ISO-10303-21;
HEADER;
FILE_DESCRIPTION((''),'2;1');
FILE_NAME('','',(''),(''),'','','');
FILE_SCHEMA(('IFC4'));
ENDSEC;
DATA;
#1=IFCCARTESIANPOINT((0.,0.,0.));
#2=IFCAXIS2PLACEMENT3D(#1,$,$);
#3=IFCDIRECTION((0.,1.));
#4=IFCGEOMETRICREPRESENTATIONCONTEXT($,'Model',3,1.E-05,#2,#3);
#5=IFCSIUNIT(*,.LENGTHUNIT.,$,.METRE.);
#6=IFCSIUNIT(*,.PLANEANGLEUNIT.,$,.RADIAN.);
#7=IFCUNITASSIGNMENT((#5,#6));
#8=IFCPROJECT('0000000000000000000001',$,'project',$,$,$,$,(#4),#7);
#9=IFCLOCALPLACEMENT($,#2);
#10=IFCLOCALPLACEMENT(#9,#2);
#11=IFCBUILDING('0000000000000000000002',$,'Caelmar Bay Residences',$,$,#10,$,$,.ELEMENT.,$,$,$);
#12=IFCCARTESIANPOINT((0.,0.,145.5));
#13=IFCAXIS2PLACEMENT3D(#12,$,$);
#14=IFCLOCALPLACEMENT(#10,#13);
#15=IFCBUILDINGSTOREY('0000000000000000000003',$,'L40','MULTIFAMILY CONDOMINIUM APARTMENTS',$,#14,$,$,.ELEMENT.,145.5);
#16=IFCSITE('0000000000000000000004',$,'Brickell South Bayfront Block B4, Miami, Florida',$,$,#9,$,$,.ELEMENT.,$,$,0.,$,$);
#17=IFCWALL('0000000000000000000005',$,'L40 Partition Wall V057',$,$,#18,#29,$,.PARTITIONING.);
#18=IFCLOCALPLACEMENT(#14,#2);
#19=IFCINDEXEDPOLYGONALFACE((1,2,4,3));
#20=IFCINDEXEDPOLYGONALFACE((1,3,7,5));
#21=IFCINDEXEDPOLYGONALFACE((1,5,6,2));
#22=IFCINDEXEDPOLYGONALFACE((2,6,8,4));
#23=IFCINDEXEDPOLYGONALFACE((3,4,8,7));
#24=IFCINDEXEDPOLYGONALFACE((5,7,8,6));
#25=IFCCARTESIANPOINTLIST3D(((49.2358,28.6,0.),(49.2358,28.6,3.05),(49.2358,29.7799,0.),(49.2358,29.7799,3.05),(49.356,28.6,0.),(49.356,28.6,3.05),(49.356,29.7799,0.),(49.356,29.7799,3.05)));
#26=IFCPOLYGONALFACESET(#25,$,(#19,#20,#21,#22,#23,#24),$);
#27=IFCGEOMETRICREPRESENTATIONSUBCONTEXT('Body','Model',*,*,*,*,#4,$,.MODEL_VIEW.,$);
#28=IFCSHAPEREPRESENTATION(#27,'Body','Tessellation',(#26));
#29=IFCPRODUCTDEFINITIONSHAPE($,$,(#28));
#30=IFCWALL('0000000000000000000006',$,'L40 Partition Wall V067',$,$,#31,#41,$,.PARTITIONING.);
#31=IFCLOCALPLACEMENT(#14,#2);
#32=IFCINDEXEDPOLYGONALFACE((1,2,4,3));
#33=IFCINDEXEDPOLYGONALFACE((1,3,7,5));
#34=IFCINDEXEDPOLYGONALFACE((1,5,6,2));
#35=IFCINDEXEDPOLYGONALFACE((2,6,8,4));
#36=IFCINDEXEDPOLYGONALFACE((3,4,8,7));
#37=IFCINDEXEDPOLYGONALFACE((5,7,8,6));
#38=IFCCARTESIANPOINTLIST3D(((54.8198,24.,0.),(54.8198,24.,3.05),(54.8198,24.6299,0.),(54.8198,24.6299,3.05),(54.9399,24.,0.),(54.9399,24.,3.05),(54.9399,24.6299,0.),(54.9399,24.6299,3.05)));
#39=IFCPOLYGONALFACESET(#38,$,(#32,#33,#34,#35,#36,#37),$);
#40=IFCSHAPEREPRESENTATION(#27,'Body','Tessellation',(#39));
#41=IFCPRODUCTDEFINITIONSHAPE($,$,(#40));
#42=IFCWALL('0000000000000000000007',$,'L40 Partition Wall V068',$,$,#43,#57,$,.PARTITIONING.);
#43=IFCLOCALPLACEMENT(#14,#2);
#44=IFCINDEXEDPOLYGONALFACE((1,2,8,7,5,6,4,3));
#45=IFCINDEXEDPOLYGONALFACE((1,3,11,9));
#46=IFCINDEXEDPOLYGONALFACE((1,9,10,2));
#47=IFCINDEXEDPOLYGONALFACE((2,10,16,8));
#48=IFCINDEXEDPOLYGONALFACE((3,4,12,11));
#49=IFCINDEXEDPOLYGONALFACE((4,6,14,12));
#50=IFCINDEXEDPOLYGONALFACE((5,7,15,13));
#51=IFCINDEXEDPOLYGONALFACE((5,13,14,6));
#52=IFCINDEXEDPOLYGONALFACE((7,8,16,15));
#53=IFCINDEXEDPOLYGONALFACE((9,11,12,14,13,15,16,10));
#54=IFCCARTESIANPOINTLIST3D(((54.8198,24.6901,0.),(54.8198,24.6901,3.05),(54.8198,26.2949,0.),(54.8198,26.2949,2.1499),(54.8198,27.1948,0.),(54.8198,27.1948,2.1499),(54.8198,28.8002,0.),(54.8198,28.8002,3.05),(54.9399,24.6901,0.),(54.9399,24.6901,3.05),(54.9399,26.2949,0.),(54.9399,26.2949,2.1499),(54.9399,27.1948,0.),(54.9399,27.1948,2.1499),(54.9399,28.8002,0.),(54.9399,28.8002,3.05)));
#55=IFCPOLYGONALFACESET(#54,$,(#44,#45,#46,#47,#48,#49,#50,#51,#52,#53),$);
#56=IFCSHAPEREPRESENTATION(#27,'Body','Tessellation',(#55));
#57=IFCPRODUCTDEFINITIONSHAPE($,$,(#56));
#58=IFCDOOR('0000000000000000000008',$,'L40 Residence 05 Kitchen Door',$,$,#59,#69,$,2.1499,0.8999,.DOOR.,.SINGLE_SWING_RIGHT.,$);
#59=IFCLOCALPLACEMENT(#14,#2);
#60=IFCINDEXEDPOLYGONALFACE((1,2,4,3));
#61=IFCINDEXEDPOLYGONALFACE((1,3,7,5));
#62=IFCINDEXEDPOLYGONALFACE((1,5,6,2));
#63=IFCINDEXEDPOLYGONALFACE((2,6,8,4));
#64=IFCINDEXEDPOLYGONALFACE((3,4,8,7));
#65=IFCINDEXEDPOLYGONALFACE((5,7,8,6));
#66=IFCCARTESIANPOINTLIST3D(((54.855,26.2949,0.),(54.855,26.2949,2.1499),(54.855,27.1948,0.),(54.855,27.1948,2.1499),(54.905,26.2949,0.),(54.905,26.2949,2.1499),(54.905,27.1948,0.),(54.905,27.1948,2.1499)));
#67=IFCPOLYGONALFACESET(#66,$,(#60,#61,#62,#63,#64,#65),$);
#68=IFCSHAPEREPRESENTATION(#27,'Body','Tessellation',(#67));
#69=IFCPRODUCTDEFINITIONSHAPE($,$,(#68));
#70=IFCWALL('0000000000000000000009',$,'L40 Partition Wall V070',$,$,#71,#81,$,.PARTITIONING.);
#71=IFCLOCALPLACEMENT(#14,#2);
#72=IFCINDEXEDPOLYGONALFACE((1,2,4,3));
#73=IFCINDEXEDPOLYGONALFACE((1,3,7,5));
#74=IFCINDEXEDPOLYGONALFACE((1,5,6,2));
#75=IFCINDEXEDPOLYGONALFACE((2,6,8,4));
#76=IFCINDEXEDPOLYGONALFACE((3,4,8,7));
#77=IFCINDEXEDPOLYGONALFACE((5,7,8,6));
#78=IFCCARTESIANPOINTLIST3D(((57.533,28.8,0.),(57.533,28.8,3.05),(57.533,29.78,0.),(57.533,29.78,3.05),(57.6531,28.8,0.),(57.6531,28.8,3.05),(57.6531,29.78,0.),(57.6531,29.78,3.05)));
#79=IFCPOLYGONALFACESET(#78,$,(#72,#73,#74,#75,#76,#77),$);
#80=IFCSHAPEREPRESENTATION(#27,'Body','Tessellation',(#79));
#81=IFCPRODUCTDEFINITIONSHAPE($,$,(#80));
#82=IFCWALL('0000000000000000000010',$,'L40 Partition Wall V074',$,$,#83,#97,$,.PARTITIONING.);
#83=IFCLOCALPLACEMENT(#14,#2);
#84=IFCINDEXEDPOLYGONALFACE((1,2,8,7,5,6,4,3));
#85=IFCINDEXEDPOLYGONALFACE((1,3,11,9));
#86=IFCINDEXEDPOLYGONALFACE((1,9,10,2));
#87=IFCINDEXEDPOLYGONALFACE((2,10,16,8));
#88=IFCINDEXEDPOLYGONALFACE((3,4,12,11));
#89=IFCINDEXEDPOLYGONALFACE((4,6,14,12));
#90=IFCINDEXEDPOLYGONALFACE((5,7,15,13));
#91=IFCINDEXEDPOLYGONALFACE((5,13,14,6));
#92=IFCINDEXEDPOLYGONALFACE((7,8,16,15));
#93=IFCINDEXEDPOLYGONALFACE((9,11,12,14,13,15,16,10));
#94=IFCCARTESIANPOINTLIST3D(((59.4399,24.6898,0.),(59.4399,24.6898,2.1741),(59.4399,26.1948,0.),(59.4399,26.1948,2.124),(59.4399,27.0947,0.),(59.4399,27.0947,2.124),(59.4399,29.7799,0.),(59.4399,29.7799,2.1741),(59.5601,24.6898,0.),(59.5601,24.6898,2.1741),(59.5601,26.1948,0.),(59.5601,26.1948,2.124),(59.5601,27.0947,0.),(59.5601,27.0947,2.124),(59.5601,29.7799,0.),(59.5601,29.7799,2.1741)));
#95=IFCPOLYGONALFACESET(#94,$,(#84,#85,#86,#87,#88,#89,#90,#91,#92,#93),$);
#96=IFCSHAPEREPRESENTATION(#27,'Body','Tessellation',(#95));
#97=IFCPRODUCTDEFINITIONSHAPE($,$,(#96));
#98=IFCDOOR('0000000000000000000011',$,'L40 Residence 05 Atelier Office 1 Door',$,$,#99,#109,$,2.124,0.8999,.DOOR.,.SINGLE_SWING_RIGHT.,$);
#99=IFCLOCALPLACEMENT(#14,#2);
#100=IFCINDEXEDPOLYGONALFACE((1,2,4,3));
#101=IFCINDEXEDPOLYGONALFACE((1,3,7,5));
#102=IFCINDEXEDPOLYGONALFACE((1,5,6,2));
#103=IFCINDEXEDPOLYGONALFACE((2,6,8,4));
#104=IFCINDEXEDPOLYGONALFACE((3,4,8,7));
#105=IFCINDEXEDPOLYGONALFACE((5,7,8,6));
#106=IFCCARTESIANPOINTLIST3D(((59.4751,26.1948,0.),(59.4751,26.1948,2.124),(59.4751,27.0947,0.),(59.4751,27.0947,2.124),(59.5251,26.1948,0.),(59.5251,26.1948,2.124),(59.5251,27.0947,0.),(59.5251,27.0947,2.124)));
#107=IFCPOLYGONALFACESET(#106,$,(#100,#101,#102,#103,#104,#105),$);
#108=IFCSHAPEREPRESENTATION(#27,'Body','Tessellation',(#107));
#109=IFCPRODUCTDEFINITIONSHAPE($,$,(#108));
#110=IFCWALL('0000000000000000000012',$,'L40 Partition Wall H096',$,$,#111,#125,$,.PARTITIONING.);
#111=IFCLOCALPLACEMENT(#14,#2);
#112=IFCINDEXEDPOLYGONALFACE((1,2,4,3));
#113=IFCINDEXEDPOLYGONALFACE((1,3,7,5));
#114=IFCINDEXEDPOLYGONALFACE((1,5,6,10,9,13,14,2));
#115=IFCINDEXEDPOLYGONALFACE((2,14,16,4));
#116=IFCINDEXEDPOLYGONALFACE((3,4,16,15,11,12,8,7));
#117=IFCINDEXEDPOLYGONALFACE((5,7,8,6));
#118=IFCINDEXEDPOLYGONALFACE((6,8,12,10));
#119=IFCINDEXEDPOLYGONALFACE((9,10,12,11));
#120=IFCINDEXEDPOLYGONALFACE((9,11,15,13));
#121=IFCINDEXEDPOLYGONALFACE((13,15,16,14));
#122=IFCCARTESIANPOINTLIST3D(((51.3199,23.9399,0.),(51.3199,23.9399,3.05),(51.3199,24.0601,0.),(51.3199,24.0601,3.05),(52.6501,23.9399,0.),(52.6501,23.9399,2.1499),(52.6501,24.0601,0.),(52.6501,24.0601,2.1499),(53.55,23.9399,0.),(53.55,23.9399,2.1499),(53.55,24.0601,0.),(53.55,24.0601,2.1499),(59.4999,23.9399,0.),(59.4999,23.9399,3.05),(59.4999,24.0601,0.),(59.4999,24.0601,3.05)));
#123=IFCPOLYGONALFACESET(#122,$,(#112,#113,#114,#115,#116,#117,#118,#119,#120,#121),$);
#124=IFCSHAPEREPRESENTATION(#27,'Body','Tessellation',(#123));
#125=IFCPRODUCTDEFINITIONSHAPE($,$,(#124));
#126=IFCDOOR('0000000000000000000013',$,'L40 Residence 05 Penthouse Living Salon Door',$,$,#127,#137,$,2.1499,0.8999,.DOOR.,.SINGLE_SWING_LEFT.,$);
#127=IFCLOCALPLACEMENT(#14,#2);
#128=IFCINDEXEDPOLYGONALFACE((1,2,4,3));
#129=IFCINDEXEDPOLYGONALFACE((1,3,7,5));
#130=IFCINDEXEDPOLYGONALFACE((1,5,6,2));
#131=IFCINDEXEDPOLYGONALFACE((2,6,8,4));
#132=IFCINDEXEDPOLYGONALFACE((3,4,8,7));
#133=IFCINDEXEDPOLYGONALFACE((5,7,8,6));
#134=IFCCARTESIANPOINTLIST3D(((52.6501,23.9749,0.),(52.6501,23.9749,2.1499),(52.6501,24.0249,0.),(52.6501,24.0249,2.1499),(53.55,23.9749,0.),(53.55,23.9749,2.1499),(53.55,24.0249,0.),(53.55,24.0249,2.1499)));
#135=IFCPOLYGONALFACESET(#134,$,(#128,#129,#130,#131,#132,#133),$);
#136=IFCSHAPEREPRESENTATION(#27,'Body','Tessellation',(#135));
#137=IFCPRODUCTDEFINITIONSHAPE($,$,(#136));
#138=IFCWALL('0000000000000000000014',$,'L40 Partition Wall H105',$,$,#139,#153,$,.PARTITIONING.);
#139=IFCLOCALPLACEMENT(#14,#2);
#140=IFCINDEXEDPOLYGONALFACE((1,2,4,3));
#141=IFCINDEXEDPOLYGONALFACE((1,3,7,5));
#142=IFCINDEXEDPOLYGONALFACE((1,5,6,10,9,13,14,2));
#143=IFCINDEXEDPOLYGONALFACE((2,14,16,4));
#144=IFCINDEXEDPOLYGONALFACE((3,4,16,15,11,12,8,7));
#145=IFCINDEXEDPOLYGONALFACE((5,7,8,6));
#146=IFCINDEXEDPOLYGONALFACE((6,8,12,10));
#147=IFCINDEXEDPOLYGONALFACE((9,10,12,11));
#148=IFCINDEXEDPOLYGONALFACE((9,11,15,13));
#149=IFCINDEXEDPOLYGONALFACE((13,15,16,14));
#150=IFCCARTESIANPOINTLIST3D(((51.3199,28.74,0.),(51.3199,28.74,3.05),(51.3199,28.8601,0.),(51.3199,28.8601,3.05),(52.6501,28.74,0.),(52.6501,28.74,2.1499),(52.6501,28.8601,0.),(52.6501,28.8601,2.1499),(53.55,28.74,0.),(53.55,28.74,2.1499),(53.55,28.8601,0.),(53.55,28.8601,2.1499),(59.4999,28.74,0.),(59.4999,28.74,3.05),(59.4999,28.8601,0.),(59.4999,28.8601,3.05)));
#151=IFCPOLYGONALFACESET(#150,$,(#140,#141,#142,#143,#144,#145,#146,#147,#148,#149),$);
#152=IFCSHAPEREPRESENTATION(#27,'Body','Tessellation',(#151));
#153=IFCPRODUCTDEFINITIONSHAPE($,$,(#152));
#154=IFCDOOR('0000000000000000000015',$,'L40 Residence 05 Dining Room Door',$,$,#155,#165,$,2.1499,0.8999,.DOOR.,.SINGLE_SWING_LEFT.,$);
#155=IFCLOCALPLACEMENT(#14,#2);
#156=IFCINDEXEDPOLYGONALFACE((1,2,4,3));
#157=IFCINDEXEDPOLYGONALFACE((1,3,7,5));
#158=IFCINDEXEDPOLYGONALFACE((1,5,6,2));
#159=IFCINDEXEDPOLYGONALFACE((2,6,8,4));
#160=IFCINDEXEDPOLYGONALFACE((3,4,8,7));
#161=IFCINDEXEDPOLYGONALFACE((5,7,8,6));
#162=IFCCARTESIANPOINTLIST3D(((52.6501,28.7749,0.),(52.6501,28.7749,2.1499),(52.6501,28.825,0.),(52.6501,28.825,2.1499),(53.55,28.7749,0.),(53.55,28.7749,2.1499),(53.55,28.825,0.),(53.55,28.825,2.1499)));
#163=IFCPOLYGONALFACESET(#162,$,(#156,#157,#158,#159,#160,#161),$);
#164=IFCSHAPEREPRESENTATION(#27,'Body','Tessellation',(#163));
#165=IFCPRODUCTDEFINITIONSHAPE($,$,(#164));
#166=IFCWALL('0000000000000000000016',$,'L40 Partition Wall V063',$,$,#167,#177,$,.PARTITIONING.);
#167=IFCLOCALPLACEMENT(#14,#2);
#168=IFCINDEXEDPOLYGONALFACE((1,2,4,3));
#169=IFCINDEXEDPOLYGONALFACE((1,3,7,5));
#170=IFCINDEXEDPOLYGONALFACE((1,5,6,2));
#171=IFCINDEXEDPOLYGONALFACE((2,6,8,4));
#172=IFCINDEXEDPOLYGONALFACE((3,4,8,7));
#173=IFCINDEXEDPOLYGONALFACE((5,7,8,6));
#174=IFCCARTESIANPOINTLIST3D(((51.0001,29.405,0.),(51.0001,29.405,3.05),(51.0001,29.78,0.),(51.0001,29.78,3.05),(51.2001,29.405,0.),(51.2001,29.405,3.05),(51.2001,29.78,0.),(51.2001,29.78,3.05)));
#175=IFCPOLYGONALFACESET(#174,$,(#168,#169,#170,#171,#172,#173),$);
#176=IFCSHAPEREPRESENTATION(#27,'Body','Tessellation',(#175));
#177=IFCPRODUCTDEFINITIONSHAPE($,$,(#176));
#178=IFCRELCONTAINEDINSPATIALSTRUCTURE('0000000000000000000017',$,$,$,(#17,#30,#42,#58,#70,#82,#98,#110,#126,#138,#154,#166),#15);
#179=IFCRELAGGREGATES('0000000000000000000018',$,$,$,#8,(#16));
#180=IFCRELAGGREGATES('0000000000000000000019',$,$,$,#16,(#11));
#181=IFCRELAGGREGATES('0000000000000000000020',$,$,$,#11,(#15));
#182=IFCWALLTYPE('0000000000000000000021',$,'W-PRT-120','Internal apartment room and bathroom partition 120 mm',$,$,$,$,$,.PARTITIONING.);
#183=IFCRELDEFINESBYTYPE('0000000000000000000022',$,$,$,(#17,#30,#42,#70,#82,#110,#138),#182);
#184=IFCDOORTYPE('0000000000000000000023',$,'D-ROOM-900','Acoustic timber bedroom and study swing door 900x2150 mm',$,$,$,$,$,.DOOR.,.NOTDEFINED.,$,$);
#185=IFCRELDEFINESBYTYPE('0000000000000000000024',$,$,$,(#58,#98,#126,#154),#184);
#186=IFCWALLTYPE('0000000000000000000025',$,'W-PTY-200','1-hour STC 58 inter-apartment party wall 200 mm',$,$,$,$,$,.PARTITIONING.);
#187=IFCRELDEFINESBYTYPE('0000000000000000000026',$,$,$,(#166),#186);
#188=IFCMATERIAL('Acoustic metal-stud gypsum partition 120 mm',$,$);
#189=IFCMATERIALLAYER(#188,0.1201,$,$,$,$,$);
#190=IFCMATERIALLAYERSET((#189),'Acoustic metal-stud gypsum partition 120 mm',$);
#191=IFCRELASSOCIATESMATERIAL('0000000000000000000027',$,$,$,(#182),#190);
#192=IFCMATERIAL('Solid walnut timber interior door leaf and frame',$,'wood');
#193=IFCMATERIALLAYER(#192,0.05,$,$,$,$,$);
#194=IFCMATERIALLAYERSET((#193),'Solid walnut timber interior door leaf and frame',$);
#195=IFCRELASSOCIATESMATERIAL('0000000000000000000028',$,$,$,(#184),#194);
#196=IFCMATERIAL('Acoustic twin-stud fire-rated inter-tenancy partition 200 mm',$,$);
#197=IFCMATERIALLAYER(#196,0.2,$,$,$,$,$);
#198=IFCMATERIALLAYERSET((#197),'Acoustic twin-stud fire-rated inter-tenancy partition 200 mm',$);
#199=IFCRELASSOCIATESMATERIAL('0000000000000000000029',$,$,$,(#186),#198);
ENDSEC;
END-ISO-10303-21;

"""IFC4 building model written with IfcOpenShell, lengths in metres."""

from ifc_helpers import new_model, si_unit, direction, frame, frame_2d, origin, place, context, subcontext, project, spatial, rectangle, extrude, material, layer, layer_set, type_object, element, fill, save


model = new_model("IFC4")

# Units and contexts
model_context = context("Model", 3, precision=1e-05, world=origin(), true_north=direction((0.0, 1.0)))
body_context = subcontext(model_context, "Body", "Model", "MODEL_VIEW")
ifc_project = project(units=[si_unit("LENGTHUNIT", "METRE"), si_unit("PLANEANGLEUNIT", "RADIAN")], contexts=[model_context])

# Site, building, storey
site_placement = place(None, origin())
site = spatial("IfcSite", under=ifc_project, at=site_placement, Name="Brickell South Bayfront Block B4, Miami, Florida", CompositionType="ELEMENT", RefElevation=0.0)
building_placement = place(site_placement, origin())
building = spatial("IfcBuilding", under=site, at=building_placement, Name="Caelmar Bay Residences", CompositionType="ELEMENT")
storey_placement = place(building_placement, frame((0.0, 0.0, 145.5)))
storey = spatial("IfcBuildingStorey", under=building, at=storey_placement, Name="L40", Description="MULTIFAMILY CONDOMINIUM APARTMENTS", CompositionType="ELEMENT", Elevation=145.5)

# Walls
ifc_material_1 = material(Name="Acoustic metal-stud gypsum partition 120 mm")
ifc_layer_1 = layer(ifc_material_1, 0.1201)
ifc_layer_set_1 = layer_set([ifc_layer_1], Name="Acoustic metal-stud gypsum partition 120 mm")
wall_type_1 = type_object("IfcWallType", Name="W-PRT-120", Description="Internal apartment room and bathroom partition 120 mm", PredefinedType="PARTITIONING", material=ifc_layer_set_1)
wall_1_placement = place(storey_placement, frame((49.2959, 28.6001, 0.0), z_axis=(0.0, 0.0, 1.0), x_axis=(0.0, 1.0, 0.0)))
element("IfcWall", 1, at=wall_1_placement, inside=storey, type_object=wall_type_1, Name="L40 Partition Wall V057", PredefinedType="PARTITIONING", context=body_context, shape_type="SweptSolid", body=[
    extrude(rectangle(XDim=1.1799, YDim=0.1201, at=frame_2d((0.5898, 0.0))), origin(), (0.0, 0.0, 1.0), 3.05),
])
wall_2_placement = place(storey_placement, frame((54.8799, 24.0, 0.0), z_axis=(0.0, 0.0, 1.0), x_axis=(0.0, 1.0, 0.0)))
element("IfcWall", 2, at=wall_2_placement, inside=storey, type_object=wall_type_1, Name="L40 Partition Wall V067", PredefinedType="PARTITIONING", context=body_context, shape_type="SweptSolid", body=[
    extrude(rectangle(XDim=0.6299, YDim=0.1201, at=frame_2d((0.3149, 0.0))), origin(), (0.0, 0.0, 1.0), 3.05),
])

# Wall, opening, door
wall_3_placement = place(storey_placement, frame((54.8799, 24.6899, 0.0), z_axis=(0.0, 0.0, 1.0), x_axis=(0.0, 1.0, 0.0)))
wall_3 = element("IfcWall", 3, at=wall_3_placement, inside=storey, type_object=wall_type_1, Name="L40 Partition Wall V068", PredefinedType="PARTITIONING", context=body_context, shape_type="SweptSolid", body=[
    extrude(rectangle(XDim=4.1101, YDim=0.1201, at=frame_2d((2.0552, 0.0))), origin(), (0.0, 0.0, 1.0), 3.05),
])
opening_1_placement = place(wall_3_placement, frame((1.605, 0.0, 0.0)))
opening_1 = element("IfcOpeningElement", 4, at=opening_1_placement, cuts=wall_3, PredefinedType="OPENING", context=body_context, shape_type="SweptSolid", body=[
    extrude(rectangle(XDim=0.8999, YDim=2.1499, at=frame_2d((0.45, 1.075))), frame((0.0, 0.0701, 0.0), z_axis=(0.0, -1.0, 0.0), x_axis=(1.0, 0.0, 0.0)), (0.0, 0.0, 1.0), 0.1401),
])
ifc_material_2 = material(Name="Solid walnut timber interior door leaf and frame", Category="wood")
ifc_layer_2 = layer(ifc_material_2, 0.05)
ifc_layer_set_2 = layer_set([ifc_layer_2], Name="Solid walnut timber interior door leaf and frame")
door_type = type_object("IfcDoorType", Name="D-ROOM-900", Description="Acoustic timber bedroom and study swing door 900x2150 mm", OperationType="NOTDEFINED", PredefinedType="DOOR", material=ifc_layer_set_2)
door_1_placement = place(opening_1_placement, origin())
door_1 = element("IfcDoor", 5, at=door_1_placement, inside=storey, type_object=door_type, Name="L40 Residence 05 Kitchen Door", OperationType="SINGLE_SWING_RIGHT", OverallHeight=2.1499, OverallWidth=0.8999, PredefinedType="DOOR", context=body_context, shape_type="SweptSolid", body=[
    extrude(rectangle(XDim=0.8999, YDim=2.1499, at=frame_2d((0.45, 1.075))), frame((0.0, 0.0249, 0.0), z_axis=(0.0, -1.0, 0.0), x_axis=(1.0, 0.0, 0.0)), (0.0, 0.0, 1.0), 0.05),
])
fill(opening_1, door_1)

# Wall
wall_4_placement = place(storey_placement, frame((57.593, 28.8, 0.0), z_axis=(0.0, 0.0, 1.0), x_axis=(0.0, 1.0, 0.0)))
element("IfcWall", 6, at=wall_4_placement, inside=storey, type_object=wall_type_1, Name="L40 Partition Wall V070", PredefinedType="PARTITIONING", context=body_context, shape_type="SweptSolid", body=[
    extrude(rectangle(XDim=0.98, YDim=0.1201, at=frame_2d((0.49, 0.0))), origin(), (0.0, 0.0, 1.0), 3.05),
])

# Walls, openings, doors
wall_5_placement = place(storey_placement, frame((59.5, 24.6899, 0.0), z_axis=(0.0, 0.0, 1.0), x_axis=(0.0, 1.0, 0.0)))
wall_5 = element("IfcWall", 7, at=wall_5_placement, inside=storey, type_object=wall_type_1, Name="L40 Partition Wall V074", PredefinedType="PARTITIONING", context=body_context, shape_type="SweptSolid", body=[
    extrude(rectangle(XDim=5.0901, YDim=0.1201, at=frame_2d((2.5449, 0.0))), origin(), (0.0, 0.0, 1.0), 2.1741),
])
opening_2_placement = place(wall_5_placement, frame((1.5049, 0.0, 0.0)))
opening_2 = element("IfcOpeningElement", 8, at=opening_2_placement, cuts=wall_5, PredefinedType="OPENING", context=body_context, shape_type="SweptSolid", body=[
    extrude(rectangle(XDim=0.8999, YDim=2.124, at=frame_2d((0.45, 1.062))), frame((0.0, 0.0701, 0.0), z_axis=(0.0, -1.0, 0.0), x_axis=(1.0, 0.0, 0.0)), (0.0, 0.0, 1.0), 0.1401),
])
door_2_placement = place(opening_2_placement, origin())
door_2 = element("IfcDoor", 9, at=door_2_placement, inside=storey, type_object=door_type, Name="L40 Residence 05 Atelier Office 1 Door", OperationType="SINGLE_SWING_RIGHT", OverallHeight=2.124, OverallWidth=0.8999, PredefinedType="DOOR", context=body_context, shape_type="SweptSolid", body=[
    extrude(rectangle(XDim=0.8999, YDim=2.124, at=frame_2d((0.45, 1.062))), frame((0.0, 0.0249, 0.0), z_axis=(0.0, -1.0, 0.0), x_axis=(1.0, 0.0, 0.0)), (0.0, 0.0, 1.0), 0.05),
])
fill(opening_2, door_2)
wall_6_placement = place(storey_placement, frame((51.3201, 24.0, 0.0), z_axis=(0.0, 0.0, 1.0), x_axis=(1.0, 0.0, 0.0)))
wall_6 = element("IfcWall", 10, at=wall_6_placement, inside=storey, type_object=wall_type_1, Name="L40 Partition Wall H096", PredefinedType="PARTITIONING", context=body_context, shape_type="SweptSolid", body=[
    extrude(rectangle(XDim=8.1799, YDim=0.1201, at=frame_2d((4.0898, 0.0))), origin(), (0.0, 0.0, 1.0), 3.05),
])
opening_3_placement = place(wall_6_placement, frame((1.3301, 0.0, 0.0)))
opening_3 = element("IfcOpeningElement", 11, at=opening_3_placement, cuts=wall_6, PredefinedType="OPENING", context=body_context, shape_type="SweptSolid", body=[
    extrude(rectangle(XDim=0.8999, YDim=2.1499, at=frame_2d((0.45, 1.075))), frame((0.0, 0.0701, 0.0), z_axis=(0.0, -1.0, 0.0), x_axis=(1.0, 0.0, 0.0)), (0.0, 0.0, 1.0), 0.1401),
])
door_3_placement = place(opening_3_placement, origin())
door_3 = element("IfcDoor", 12, at=door_3_placement, inside=storey, type_object=door_type, Name="L40 Residence 05 Penthouse Living Salon Door", OperationType="SINGLE_SWING_LEFT", OverallHeight=2.1499, OverallWidth=0.8999, PredefinedType="DOOR", context=body_context, shape_type="SweptSolid", body=[
    extrude(rectangle(XDim=0.8999, YDim=2.1499, at=frame_2d((0.45, 1.075))), frame((0.0, 0.0249, 0.0), z_axis=(0.0, -1.0, 0.0), x_axis=(1.0, 0.0, 0.0)), (0.0, 0.0, 1.0), 0.05),
])
fill(opening_3, door_3)
wall_7_placement = place(storey_placement, frame((51.3201, 28.8, 0.0), z_axis=(0.0, 0.0, 1.0), x_axis=(1.0, 0.0, 0.0)))
wall_7 = element("IfcWall", 13, at=wall_7_placement, inside=storey, type_object=wall_type_1, Name="L40 Partition Wall H105", PredefinedType="PARTITIONING", context=body_context, shape_type="SweptSolid", body=[
    extrude(rectangle(XDim=8.1799, YDim=0.1201, at=frame_2d((4.0898, 0.0))), origin(), (0.0, 0.0, 1.0), 3.05),
])
opening_4_placement = place(wall_7_placement, frame((1.3301, 0.0, 0.0)))
opening_4 = element("IfcOpeningElement", 14, at=opening_4_placement, cuts=wall_7, PredefinedType="OPENING", context=body_context, shape_type="SweptSolid", body=[
    extrude(rectangle(XDim=0.8999, YDim=2.1499, at=frame_2d((0.45, 1.075))), frame((0.0, 0.0701, 0.0), z_axis=(0.0, -1.0, 0.0), x_axis=(1.0, 0.0, 0.0)), (0.0, 0.0, 1.0), 0.1401),
])
door_4_placement = place(opening_4_placement, origin())
door_4 = element("IfcDoor", 15, at=door_4_placement, inside=storey, type_object=door_type, Name="L40 Residence 05 Dining Room Door", OperationType="SINGLE_SWING_LEFT", OverallHeight=2.1499, OverallWidth=0.8999, PredefinedType="DOOR", context=body_context, shape_type="SweptSolid", body=[
    extrude(rectangle(XDim=0.8999, YDim=2.1499, at=frame_2d((0.45, 1.075))), frame((0.0, 0.0249, 0.0), z_axis=(0.0, -1.0, 0.0), x_axis=(1.0, 0.0, 0.0)), (0.0, 0.0, 1.0), 0.05),
])
fill(opening_4, door_4)

# Wall
ifc_material_3 = material(Name="Acoustic twin-stud fire-rated inter-tenancy partition 200 mm")
ifc_layer_3 = layer(ifc_material_3, 0.2)
ifc_layer_set_3 = layer_set([ifc_layer_3], Name="Acoustic twin-stud fire-rated inter-tenancy partition 200 mm")
wall_type_2 = type_object("IfcWallType", Name="W-PTY-200", Description="1-hour STC 58 inter-apartment party wall 200 mm", PredefinedType="PARTITIONING", material=ifc_layer_set_3)
wall_8_placement = place(storey_placement, frame((51.1001, 29.405, 0.0), z_axis=(0.0, 0.0, 1.0), x_axis=(0.0, 1.0, 0.0)))
element("IfcWall", 16, at=wall_8_placement, inside=storey, type_object=wall_type_2, Name="L40 Partition Wall V063", PredefinedType="PARTITIONING", context=body_context, shape_type="SweptSolid", body=[
    extrude(rectangle(XDim=0.375, YDim=0.2, at=frame_2d((0.1875, 0.0))), origin(), (0.0, 0.0, 1.0), 3.05),
])

save(model, "model.ifc")
